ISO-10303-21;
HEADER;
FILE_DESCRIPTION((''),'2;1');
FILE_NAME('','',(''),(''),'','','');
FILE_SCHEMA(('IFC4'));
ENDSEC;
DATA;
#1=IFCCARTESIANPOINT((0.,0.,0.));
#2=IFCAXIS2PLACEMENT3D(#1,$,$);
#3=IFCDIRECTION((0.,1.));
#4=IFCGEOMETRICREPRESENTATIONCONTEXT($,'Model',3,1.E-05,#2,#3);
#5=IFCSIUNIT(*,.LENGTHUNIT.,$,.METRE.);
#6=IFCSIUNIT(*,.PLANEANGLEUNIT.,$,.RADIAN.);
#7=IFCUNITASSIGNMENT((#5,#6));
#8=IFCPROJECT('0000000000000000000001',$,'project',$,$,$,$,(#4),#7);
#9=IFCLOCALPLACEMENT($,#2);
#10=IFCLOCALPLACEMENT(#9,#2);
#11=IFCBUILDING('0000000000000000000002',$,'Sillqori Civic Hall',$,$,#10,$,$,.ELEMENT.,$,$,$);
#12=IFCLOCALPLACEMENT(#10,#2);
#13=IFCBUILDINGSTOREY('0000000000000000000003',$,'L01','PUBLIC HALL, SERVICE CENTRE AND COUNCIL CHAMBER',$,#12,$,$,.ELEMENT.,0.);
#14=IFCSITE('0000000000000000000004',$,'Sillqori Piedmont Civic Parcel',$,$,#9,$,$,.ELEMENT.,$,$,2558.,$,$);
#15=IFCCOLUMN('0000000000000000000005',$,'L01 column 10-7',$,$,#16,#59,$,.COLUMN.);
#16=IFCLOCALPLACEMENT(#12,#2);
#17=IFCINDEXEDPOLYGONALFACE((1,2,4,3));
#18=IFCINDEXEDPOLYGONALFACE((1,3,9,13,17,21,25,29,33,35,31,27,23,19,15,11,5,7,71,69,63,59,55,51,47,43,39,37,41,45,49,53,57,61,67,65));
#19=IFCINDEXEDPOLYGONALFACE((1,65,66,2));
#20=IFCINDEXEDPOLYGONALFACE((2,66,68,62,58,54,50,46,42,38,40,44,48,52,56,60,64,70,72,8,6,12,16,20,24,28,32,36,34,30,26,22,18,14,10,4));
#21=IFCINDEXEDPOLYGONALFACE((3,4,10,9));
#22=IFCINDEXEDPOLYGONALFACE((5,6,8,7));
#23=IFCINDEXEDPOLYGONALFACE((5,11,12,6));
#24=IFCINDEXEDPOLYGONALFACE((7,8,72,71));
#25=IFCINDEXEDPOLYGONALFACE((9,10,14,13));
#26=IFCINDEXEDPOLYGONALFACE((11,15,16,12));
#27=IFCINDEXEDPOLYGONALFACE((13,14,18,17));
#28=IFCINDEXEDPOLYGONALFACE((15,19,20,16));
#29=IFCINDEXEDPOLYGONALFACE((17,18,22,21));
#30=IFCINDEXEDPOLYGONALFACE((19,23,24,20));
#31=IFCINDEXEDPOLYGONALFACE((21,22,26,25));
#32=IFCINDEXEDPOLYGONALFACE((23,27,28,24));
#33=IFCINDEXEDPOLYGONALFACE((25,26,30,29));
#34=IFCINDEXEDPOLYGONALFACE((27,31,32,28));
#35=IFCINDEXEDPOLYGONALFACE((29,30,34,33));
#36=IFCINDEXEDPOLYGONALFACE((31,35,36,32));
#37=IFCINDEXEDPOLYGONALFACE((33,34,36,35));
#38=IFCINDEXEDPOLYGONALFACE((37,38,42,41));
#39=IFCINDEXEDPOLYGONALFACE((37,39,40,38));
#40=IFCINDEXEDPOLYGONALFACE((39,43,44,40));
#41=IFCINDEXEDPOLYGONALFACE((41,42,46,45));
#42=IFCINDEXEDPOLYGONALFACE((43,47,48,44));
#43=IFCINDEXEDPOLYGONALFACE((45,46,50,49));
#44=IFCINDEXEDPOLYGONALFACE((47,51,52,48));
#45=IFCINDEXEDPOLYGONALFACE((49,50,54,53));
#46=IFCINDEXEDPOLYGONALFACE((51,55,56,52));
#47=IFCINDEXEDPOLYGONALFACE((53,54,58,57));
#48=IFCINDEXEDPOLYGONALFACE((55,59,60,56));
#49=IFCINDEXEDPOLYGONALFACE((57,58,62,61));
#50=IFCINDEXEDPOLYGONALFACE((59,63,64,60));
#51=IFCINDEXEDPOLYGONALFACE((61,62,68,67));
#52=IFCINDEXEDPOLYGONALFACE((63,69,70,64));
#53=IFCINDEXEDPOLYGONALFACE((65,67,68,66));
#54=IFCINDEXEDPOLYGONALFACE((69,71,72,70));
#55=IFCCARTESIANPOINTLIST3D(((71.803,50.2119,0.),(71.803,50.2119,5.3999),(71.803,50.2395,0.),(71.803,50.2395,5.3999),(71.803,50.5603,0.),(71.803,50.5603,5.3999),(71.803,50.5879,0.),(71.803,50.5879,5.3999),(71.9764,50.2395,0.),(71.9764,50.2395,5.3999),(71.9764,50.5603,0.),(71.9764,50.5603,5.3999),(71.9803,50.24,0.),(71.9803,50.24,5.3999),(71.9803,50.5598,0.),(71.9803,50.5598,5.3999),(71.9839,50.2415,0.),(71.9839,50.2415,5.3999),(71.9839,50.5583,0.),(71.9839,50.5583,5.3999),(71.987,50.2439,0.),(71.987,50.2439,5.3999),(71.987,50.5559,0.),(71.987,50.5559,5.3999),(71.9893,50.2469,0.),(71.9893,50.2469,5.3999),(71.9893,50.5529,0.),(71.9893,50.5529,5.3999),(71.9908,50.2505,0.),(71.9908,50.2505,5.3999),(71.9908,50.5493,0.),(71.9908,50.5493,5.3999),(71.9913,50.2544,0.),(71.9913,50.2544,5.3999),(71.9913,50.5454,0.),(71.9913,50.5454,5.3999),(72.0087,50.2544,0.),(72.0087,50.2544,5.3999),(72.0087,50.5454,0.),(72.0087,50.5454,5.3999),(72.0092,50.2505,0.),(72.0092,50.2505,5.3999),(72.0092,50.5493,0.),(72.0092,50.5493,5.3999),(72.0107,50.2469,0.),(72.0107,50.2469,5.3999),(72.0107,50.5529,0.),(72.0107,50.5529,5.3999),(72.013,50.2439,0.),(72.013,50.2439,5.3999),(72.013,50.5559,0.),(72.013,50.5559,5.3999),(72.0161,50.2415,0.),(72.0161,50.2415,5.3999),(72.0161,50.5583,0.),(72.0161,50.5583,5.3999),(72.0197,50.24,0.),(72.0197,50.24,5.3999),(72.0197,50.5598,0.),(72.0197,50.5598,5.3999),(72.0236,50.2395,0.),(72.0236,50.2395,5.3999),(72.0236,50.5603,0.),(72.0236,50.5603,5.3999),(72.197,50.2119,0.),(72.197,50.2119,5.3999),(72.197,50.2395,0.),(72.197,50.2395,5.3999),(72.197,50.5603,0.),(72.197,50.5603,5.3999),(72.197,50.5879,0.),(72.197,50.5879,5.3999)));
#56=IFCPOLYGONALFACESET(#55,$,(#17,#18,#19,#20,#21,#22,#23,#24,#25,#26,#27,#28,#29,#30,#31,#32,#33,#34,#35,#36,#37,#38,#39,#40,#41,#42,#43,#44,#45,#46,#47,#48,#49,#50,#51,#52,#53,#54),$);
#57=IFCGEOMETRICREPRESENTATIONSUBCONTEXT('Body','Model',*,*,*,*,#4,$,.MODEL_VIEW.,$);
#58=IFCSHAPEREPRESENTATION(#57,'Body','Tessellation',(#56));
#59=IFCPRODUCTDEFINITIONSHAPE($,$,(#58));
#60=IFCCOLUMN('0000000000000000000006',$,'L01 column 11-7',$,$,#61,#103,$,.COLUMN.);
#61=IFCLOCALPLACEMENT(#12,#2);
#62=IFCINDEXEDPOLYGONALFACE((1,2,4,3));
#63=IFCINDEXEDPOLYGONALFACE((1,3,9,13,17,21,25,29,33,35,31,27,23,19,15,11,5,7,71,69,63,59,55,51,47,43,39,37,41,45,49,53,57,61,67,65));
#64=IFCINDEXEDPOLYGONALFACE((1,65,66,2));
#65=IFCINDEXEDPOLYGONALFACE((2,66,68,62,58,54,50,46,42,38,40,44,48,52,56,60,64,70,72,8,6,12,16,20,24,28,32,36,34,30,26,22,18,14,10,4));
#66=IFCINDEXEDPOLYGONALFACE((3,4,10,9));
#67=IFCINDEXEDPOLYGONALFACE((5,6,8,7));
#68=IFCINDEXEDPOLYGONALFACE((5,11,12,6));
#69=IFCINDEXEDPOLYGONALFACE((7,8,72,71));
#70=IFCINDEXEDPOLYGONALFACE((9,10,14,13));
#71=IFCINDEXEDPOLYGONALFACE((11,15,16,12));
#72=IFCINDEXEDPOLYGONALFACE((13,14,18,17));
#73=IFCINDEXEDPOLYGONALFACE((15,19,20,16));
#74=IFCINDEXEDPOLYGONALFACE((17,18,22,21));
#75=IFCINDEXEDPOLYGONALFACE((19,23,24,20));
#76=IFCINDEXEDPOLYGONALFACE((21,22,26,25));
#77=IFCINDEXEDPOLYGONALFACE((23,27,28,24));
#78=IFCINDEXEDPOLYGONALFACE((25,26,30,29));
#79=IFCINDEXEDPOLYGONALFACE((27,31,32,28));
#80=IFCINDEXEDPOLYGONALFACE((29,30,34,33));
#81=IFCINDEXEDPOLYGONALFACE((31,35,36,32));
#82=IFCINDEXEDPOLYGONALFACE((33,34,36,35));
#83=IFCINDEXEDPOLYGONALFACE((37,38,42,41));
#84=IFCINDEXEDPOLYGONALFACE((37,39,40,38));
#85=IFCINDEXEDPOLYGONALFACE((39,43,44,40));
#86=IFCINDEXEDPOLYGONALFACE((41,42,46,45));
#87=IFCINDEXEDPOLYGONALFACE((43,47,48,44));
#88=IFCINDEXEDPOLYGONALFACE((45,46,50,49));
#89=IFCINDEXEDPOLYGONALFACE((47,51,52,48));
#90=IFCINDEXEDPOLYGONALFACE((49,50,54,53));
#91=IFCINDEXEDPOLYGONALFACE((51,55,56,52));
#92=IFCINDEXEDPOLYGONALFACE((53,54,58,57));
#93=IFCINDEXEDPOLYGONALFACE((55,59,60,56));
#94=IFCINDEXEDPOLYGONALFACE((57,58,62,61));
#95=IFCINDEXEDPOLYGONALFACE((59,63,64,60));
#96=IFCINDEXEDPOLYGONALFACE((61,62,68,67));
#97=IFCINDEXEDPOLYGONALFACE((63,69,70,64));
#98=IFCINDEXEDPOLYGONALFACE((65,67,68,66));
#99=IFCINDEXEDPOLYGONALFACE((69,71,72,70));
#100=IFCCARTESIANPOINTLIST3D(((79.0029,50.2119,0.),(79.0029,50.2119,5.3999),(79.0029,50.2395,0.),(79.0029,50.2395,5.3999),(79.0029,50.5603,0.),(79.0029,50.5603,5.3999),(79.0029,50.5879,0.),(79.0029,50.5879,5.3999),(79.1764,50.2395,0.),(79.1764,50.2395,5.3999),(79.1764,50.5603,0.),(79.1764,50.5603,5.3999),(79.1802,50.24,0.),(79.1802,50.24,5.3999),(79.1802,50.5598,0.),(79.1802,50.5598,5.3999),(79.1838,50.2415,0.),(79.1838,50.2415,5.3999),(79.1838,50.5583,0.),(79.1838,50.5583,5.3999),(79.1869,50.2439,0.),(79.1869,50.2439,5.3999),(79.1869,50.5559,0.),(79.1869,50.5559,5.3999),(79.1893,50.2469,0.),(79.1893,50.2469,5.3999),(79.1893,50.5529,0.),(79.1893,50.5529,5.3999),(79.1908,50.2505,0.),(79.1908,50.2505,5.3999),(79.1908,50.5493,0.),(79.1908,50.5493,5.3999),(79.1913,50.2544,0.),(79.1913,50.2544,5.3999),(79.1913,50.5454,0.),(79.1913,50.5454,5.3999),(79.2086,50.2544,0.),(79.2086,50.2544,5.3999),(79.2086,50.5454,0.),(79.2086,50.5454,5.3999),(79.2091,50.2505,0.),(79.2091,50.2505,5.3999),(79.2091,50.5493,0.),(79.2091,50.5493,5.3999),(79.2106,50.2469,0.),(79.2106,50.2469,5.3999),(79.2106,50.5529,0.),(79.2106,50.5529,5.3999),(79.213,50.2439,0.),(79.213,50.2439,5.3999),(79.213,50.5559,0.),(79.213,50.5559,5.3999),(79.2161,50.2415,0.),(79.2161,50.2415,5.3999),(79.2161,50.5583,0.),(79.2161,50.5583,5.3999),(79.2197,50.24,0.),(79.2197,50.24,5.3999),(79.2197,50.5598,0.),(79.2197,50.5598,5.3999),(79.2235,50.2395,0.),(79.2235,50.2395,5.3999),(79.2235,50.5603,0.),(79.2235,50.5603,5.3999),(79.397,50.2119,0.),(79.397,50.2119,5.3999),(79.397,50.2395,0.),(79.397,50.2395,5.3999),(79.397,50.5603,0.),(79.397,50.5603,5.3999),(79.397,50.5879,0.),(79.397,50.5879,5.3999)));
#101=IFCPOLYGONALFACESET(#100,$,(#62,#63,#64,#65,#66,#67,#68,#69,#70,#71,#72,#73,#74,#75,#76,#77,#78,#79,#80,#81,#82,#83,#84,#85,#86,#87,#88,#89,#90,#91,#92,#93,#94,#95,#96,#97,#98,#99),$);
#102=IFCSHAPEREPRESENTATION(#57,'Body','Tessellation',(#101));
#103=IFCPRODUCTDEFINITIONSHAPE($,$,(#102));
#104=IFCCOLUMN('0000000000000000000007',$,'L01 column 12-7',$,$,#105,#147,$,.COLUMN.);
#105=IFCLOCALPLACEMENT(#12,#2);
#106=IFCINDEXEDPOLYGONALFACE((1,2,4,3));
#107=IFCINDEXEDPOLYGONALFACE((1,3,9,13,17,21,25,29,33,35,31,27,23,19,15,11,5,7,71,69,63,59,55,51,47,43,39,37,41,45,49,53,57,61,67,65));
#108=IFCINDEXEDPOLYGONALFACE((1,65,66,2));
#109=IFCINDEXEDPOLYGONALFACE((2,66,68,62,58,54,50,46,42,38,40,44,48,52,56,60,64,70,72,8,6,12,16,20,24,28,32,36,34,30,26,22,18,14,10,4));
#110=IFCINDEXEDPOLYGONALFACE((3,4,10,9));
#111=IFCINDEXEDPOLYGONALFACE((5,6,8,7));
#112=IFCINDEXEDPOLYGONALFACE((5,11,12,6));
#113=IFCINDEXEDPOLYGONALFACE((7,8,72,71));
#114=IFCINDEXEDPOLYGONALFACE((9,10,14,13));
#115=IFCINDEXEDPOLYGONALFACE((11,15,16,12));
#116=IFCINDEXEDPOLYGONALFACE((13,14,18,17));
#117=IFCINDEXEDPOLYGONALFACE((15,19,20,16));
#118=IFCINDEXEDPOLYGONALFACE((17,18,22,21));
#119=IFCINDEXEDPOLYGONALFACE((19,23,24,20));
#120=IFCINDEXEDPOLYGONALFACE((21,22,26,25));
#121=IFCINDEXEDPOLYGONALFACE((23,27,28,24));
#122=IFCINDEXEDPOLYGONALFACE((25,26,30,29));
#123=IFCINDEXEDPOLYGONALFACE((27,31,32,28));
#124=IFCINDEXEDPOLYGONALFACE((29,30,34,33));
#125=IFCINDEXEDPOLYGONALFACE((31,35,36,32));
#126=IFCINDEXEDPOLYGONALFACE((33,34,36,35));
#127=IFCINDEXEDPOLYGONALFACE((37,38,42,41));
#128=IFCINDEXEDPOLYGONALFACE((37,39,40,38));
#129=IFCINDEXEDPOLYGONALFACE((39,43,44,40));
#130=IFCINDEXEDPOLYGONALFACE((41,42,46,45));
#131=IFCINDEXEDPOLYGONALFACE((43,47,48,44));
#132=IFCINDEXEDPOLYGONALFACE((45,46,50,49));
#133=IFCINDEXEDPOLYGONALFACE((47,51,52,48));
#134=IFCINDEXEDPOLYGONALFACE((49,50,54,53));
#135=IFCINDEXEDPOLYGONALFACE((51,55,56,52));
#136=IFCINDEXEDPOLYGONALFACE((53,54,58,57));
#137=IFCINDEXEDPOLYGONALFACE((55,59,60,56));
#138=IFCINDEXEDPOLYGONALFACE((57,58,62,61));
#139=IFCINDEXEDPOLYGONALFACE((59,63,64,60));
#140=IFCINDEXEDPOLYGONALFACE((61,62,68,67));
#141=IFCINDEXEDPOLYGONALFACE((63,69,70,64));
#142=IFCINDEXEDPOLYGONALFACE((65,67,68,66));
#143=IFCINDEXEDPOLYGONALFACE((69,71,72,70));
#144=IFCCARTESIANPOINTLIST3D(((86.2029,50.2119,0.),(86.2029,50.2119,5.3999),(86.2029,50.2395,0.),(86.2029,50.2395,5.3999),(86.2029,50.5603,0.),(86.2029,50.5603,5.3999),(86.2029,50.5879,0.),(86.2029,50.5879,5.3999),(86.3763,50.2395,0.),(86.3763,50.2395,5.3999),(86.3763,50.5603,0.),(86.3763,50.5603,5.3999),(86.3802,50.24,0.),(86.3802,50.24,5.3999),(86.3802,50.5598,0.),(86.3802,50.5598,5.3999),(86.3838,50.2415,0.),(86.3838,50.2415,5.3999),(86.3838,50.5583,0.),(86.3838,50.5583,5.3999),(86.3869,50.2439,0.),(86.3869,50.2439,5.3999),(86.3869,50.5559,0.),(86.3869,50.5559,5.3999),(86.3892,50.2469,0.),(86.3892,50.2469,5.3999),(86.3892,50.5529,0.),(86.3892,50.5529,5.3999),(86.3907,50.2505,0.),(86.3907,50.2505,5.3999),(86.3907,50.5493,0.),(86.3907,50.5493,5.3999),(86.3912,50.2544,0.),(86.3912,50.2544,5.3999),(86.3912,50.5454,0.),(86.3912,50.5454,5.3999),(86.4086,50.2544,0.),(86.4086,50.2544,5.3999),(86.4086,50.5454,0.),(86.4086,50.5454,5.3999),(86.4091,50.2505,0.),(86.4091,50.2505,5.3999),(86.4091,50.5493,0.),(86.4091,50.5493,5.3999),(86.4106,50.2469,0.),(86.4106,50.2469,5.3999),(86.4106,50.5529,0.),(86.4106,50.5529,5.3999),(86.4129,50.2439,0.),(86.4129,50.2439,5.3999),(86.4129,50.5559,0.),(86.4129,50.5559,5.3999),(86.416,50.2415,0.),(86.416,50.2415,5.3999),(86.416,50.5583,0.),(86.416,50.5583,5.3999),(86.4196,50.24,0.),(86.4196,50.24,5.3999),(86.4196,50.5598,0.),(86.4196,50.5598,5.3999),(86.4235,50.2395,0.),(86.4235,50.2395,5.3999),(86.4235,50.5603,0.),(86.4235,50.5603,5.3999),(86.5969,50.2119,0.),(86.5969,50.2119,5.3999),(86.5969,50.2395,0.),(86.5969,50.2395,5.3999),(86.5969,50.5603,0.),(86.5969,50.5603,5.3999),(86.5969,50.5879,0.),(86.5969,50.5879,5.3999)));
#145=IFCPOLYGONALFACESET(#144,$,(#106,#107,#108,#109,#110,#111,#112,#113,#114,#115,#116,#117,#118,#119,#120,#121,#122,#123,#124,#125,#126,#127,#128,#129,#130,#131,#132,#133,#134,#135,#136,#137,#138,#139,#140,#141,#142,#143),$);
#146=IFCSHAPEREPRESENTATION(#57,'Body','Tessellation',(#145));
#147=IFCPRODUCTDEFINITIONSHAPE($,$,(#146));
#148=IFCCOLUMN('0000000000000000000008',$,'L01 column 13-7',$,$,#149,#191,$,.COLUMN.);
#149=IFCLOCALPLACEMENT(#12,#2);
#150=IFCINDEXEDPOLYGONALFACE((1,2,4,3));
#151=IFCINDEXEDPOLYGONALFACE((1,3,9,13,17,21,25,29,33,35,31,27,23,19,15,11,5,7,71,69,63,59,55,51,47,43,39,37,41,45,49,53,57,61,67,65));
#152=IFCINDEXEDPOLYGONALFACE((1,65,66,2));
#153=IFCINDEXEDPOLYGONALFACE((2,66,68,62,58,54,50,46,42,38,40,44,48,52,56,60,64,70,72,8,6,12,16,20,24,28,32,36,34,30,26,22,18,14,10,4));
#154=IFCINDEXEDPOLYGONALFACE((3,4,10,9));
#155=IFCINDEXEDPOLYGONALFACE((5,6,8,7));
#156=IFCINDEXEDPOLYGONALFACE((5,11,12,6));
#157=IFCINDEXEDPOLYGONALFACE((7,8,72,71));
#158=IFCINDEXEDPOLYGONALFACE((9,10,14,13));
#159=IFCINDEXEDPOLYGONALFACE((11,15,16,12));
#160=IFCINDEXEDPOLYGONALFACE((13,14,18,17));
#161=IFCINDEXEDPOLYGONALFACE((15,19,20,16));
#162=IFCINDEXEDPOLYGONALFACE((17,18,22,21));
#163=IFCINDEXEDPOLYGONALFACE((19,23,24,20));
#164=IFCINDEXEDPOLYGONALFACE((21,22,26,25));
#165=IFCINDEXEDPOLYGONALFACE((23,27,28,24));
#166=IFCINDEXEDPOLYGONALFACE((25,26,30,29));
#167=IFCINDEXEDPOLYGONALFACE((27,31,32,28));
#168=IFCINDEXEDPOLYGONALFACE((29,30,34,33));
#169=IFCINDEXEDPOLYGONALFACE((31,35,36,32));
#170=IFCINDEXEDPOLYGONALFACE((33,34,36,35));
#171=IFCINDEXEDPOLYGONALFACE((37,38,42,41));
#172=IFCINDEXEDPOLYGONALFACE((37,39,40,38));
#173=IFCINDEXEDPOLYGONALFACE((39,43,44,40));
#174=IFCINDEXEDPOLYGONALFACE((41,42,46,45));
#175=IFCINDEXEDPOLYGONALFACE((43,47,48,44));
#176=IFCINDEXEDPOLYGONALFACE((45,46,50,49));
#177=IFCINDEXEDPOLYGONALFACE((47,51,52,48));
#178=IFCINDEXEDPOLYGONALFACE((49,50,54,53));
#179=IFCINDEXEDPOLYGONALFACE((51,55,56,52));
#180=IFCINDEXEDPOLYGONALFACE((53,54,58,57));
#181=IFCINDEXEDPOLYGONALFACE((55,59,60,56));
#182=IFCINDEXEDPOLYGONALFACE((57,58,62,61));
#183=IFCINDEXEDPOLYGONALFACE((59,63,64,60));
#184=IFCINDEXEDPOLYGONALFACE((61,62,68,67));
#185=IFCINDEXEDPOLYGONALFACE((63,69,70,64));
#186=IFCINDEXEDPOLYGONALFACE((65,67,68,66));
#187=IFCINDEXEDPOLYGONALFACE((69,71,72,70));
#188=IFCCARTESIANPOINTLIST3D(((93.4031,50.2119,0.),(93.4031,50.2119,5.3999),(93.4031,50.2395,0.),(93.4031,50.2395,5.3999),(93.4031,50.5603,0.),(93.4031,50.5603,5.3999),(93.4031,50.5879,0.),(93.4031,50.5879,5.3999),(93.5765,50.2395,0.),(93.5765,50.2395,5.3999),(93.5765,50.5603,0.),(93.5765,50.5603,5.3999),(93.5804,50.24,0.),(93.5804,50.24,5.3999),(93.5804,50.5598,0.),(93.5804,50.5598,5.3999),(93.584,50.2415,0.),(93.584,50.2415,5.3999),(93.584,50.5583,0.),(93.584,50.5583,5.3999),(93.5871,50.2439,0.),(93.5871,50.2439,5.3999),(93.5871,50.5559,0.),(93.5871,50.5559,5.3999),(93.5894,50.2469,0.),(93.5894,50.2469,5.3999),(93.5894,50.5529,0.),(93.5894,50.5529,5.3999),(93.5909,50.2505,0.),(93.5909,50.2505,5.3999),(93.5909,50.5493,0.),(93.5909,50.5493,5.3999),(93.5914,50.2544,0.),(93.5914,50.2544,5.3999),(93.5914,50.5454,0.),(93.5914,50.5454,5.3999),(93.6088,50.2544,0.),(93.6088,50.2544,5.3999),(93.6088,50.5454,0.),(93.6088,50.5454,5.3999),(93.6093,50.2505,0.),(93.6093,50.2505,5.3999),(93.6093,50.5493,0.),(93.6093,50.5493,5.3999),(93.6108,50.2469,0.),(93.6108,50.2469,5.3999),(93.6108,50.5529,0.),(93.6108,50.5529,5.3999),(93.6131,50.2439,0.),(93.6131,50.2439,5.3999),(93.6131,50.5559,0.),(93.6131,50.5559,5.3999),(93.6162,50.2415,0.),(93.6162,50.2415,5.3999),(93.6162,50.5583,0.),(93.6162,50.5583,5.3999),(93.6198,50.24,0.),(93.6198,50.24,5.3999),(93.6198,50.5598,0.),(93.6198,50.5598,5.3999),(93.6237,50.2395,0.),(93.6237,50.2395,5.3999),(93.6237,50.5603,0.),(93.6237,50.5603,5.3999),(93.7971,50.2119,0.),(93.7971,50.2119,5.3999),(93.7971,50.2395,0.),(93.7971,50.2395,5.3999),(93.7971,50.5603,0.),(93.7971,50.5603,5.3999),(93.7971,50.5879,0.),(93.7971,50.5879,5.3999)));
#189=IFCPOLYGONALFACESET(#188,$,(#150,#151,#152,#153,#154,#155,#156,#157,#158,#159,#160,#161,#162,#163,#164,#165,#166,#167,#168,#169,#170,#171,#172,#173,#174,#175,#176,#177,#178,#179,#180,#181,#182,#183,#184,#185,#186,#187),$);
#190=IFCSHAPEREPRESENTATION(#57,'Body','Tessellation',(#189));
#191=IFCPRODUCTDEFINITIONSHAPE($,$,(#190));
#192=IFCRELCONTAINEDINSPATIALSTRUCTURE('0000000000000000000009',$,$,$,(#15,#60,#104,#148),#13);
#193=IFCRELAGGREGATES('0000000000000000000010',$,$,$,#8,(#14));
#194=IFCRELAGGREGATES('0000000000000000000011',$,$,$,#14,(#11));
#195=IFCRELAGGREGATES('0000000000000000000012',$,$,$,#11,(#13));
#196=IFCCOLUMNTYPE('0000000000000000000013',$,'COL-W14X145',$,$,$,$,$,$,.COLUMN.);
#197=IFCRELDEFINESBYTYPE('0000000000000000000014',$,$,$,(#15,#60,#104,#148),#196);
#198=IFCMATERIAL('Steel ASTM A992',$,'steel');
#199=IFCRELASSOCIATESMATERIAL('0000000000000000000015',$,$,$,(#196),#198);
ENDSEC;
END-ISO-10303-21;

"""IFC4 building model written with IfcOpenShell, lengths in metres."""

from ifc_helpers import new_model, si_unit, direction, frame, origin, origin_2d, place, context, subcontext, project, spatial, i_section, extrude, material, material_profile, profile_set, type_object, element, save


model = new_model("IFC4")

# Units and contexts
model_context = context("Model", 3, precision=1e-05, world=origin(), true_north=direction((0.0, 1.0)))
body_context = subcontext(model_context, "Body", "Model", "MODEL_VIEW")
ifc_project = project(units=[si_unit("LENGTHUNIT", "METRE"), si_unit("PLANEANGLEUNIT", "RADIAN")], contexts=[model_context])

# Site, building, storey
site_placement = place(None, origin())
site = spatial("IfcSite", under=ifc_project, at=site_placement, Name="Sillqori Piedmont Civic Parcel", CompositionType="ELEMENT", RefElevation=2558.0)
building_placement = place(site_placement, origin())
building = spatial("IfcBuilding", under=site, at=building_placement, Name="Sillqori Civic Hall", CompositionType="ELEMENT")
storey_placement = place(building_placement, origin())
storey = spatial("IfcBuildingStorey", under=building, at=storey_placement, Name="L01", Description="PUBLIC HALL, SERVICE CENTRE AND COUNCIL CHAMBER", CompositionType="ELEMENT", Elevation=0.0)

# Columns
ifc_material_1 = material(Name="Steel ASTM A992", Category="steel")
ifc_material_profile_1 = material_profile(ifc_material_1, i_section(OverallWidth=0.394, OverallDepth=0.376, WebThickness=0.0173, FlangeThickness=0.0276, FilletRadius=0.0149, at=origin_2d()), Name="W14X145")
ifc_profile_set_1 = profile_set([ifc_material_profile_1], Name="Steel ASTM A992")
column_type = type_object("IfcColumnType", Name="COL-W14X145", PredefinedType="COLUMN", material=ifc_profile_set_1)
for number, where, z_axis, x_axis, name in (
    (1, (72.0, 50.3999, 0.0), (0.0, 0.0, 1.0), (1.0, 0.0, 0.0), "L01 column 10-7"),
    (2, (79.2, 50.3999, 0.0), (0.0, 0.0, 1.0), (1.0, 0.0, 0.0), "L01 column 11-7"),
    (3, (86.3999, 50.3999, 0.0), (0.0, 0.0, 1.0), (1.0, 0.0, 0.0), "L01 column 12-7"),
    (4, (93.6001, 50.3999, 0.0), (0.0, 0.0, 1.0), (1.0, 0.0, 0.0), "L01 column 13-7"),
):
    element("IfcColumn", number, at=place(storey_placement, frame(where, z_axis=z_axis, x_axis=x_axis)), inside=storey, type_object=column_type, Name=name, PredefinedType="COLUMN", context=body_context, shape_type="SweptSolid", body=[
        extrude(i_section(OverallWidth=0.394, OverallDepth=0.376, WebThickness=0.0173, FlangeThickness=0.0276, FilletRadius=0.0149, at=origin_2d()), origin(), (0.0, 0.0, 1.0), 5.3999),
    ])

save(model, "model.ifc")
